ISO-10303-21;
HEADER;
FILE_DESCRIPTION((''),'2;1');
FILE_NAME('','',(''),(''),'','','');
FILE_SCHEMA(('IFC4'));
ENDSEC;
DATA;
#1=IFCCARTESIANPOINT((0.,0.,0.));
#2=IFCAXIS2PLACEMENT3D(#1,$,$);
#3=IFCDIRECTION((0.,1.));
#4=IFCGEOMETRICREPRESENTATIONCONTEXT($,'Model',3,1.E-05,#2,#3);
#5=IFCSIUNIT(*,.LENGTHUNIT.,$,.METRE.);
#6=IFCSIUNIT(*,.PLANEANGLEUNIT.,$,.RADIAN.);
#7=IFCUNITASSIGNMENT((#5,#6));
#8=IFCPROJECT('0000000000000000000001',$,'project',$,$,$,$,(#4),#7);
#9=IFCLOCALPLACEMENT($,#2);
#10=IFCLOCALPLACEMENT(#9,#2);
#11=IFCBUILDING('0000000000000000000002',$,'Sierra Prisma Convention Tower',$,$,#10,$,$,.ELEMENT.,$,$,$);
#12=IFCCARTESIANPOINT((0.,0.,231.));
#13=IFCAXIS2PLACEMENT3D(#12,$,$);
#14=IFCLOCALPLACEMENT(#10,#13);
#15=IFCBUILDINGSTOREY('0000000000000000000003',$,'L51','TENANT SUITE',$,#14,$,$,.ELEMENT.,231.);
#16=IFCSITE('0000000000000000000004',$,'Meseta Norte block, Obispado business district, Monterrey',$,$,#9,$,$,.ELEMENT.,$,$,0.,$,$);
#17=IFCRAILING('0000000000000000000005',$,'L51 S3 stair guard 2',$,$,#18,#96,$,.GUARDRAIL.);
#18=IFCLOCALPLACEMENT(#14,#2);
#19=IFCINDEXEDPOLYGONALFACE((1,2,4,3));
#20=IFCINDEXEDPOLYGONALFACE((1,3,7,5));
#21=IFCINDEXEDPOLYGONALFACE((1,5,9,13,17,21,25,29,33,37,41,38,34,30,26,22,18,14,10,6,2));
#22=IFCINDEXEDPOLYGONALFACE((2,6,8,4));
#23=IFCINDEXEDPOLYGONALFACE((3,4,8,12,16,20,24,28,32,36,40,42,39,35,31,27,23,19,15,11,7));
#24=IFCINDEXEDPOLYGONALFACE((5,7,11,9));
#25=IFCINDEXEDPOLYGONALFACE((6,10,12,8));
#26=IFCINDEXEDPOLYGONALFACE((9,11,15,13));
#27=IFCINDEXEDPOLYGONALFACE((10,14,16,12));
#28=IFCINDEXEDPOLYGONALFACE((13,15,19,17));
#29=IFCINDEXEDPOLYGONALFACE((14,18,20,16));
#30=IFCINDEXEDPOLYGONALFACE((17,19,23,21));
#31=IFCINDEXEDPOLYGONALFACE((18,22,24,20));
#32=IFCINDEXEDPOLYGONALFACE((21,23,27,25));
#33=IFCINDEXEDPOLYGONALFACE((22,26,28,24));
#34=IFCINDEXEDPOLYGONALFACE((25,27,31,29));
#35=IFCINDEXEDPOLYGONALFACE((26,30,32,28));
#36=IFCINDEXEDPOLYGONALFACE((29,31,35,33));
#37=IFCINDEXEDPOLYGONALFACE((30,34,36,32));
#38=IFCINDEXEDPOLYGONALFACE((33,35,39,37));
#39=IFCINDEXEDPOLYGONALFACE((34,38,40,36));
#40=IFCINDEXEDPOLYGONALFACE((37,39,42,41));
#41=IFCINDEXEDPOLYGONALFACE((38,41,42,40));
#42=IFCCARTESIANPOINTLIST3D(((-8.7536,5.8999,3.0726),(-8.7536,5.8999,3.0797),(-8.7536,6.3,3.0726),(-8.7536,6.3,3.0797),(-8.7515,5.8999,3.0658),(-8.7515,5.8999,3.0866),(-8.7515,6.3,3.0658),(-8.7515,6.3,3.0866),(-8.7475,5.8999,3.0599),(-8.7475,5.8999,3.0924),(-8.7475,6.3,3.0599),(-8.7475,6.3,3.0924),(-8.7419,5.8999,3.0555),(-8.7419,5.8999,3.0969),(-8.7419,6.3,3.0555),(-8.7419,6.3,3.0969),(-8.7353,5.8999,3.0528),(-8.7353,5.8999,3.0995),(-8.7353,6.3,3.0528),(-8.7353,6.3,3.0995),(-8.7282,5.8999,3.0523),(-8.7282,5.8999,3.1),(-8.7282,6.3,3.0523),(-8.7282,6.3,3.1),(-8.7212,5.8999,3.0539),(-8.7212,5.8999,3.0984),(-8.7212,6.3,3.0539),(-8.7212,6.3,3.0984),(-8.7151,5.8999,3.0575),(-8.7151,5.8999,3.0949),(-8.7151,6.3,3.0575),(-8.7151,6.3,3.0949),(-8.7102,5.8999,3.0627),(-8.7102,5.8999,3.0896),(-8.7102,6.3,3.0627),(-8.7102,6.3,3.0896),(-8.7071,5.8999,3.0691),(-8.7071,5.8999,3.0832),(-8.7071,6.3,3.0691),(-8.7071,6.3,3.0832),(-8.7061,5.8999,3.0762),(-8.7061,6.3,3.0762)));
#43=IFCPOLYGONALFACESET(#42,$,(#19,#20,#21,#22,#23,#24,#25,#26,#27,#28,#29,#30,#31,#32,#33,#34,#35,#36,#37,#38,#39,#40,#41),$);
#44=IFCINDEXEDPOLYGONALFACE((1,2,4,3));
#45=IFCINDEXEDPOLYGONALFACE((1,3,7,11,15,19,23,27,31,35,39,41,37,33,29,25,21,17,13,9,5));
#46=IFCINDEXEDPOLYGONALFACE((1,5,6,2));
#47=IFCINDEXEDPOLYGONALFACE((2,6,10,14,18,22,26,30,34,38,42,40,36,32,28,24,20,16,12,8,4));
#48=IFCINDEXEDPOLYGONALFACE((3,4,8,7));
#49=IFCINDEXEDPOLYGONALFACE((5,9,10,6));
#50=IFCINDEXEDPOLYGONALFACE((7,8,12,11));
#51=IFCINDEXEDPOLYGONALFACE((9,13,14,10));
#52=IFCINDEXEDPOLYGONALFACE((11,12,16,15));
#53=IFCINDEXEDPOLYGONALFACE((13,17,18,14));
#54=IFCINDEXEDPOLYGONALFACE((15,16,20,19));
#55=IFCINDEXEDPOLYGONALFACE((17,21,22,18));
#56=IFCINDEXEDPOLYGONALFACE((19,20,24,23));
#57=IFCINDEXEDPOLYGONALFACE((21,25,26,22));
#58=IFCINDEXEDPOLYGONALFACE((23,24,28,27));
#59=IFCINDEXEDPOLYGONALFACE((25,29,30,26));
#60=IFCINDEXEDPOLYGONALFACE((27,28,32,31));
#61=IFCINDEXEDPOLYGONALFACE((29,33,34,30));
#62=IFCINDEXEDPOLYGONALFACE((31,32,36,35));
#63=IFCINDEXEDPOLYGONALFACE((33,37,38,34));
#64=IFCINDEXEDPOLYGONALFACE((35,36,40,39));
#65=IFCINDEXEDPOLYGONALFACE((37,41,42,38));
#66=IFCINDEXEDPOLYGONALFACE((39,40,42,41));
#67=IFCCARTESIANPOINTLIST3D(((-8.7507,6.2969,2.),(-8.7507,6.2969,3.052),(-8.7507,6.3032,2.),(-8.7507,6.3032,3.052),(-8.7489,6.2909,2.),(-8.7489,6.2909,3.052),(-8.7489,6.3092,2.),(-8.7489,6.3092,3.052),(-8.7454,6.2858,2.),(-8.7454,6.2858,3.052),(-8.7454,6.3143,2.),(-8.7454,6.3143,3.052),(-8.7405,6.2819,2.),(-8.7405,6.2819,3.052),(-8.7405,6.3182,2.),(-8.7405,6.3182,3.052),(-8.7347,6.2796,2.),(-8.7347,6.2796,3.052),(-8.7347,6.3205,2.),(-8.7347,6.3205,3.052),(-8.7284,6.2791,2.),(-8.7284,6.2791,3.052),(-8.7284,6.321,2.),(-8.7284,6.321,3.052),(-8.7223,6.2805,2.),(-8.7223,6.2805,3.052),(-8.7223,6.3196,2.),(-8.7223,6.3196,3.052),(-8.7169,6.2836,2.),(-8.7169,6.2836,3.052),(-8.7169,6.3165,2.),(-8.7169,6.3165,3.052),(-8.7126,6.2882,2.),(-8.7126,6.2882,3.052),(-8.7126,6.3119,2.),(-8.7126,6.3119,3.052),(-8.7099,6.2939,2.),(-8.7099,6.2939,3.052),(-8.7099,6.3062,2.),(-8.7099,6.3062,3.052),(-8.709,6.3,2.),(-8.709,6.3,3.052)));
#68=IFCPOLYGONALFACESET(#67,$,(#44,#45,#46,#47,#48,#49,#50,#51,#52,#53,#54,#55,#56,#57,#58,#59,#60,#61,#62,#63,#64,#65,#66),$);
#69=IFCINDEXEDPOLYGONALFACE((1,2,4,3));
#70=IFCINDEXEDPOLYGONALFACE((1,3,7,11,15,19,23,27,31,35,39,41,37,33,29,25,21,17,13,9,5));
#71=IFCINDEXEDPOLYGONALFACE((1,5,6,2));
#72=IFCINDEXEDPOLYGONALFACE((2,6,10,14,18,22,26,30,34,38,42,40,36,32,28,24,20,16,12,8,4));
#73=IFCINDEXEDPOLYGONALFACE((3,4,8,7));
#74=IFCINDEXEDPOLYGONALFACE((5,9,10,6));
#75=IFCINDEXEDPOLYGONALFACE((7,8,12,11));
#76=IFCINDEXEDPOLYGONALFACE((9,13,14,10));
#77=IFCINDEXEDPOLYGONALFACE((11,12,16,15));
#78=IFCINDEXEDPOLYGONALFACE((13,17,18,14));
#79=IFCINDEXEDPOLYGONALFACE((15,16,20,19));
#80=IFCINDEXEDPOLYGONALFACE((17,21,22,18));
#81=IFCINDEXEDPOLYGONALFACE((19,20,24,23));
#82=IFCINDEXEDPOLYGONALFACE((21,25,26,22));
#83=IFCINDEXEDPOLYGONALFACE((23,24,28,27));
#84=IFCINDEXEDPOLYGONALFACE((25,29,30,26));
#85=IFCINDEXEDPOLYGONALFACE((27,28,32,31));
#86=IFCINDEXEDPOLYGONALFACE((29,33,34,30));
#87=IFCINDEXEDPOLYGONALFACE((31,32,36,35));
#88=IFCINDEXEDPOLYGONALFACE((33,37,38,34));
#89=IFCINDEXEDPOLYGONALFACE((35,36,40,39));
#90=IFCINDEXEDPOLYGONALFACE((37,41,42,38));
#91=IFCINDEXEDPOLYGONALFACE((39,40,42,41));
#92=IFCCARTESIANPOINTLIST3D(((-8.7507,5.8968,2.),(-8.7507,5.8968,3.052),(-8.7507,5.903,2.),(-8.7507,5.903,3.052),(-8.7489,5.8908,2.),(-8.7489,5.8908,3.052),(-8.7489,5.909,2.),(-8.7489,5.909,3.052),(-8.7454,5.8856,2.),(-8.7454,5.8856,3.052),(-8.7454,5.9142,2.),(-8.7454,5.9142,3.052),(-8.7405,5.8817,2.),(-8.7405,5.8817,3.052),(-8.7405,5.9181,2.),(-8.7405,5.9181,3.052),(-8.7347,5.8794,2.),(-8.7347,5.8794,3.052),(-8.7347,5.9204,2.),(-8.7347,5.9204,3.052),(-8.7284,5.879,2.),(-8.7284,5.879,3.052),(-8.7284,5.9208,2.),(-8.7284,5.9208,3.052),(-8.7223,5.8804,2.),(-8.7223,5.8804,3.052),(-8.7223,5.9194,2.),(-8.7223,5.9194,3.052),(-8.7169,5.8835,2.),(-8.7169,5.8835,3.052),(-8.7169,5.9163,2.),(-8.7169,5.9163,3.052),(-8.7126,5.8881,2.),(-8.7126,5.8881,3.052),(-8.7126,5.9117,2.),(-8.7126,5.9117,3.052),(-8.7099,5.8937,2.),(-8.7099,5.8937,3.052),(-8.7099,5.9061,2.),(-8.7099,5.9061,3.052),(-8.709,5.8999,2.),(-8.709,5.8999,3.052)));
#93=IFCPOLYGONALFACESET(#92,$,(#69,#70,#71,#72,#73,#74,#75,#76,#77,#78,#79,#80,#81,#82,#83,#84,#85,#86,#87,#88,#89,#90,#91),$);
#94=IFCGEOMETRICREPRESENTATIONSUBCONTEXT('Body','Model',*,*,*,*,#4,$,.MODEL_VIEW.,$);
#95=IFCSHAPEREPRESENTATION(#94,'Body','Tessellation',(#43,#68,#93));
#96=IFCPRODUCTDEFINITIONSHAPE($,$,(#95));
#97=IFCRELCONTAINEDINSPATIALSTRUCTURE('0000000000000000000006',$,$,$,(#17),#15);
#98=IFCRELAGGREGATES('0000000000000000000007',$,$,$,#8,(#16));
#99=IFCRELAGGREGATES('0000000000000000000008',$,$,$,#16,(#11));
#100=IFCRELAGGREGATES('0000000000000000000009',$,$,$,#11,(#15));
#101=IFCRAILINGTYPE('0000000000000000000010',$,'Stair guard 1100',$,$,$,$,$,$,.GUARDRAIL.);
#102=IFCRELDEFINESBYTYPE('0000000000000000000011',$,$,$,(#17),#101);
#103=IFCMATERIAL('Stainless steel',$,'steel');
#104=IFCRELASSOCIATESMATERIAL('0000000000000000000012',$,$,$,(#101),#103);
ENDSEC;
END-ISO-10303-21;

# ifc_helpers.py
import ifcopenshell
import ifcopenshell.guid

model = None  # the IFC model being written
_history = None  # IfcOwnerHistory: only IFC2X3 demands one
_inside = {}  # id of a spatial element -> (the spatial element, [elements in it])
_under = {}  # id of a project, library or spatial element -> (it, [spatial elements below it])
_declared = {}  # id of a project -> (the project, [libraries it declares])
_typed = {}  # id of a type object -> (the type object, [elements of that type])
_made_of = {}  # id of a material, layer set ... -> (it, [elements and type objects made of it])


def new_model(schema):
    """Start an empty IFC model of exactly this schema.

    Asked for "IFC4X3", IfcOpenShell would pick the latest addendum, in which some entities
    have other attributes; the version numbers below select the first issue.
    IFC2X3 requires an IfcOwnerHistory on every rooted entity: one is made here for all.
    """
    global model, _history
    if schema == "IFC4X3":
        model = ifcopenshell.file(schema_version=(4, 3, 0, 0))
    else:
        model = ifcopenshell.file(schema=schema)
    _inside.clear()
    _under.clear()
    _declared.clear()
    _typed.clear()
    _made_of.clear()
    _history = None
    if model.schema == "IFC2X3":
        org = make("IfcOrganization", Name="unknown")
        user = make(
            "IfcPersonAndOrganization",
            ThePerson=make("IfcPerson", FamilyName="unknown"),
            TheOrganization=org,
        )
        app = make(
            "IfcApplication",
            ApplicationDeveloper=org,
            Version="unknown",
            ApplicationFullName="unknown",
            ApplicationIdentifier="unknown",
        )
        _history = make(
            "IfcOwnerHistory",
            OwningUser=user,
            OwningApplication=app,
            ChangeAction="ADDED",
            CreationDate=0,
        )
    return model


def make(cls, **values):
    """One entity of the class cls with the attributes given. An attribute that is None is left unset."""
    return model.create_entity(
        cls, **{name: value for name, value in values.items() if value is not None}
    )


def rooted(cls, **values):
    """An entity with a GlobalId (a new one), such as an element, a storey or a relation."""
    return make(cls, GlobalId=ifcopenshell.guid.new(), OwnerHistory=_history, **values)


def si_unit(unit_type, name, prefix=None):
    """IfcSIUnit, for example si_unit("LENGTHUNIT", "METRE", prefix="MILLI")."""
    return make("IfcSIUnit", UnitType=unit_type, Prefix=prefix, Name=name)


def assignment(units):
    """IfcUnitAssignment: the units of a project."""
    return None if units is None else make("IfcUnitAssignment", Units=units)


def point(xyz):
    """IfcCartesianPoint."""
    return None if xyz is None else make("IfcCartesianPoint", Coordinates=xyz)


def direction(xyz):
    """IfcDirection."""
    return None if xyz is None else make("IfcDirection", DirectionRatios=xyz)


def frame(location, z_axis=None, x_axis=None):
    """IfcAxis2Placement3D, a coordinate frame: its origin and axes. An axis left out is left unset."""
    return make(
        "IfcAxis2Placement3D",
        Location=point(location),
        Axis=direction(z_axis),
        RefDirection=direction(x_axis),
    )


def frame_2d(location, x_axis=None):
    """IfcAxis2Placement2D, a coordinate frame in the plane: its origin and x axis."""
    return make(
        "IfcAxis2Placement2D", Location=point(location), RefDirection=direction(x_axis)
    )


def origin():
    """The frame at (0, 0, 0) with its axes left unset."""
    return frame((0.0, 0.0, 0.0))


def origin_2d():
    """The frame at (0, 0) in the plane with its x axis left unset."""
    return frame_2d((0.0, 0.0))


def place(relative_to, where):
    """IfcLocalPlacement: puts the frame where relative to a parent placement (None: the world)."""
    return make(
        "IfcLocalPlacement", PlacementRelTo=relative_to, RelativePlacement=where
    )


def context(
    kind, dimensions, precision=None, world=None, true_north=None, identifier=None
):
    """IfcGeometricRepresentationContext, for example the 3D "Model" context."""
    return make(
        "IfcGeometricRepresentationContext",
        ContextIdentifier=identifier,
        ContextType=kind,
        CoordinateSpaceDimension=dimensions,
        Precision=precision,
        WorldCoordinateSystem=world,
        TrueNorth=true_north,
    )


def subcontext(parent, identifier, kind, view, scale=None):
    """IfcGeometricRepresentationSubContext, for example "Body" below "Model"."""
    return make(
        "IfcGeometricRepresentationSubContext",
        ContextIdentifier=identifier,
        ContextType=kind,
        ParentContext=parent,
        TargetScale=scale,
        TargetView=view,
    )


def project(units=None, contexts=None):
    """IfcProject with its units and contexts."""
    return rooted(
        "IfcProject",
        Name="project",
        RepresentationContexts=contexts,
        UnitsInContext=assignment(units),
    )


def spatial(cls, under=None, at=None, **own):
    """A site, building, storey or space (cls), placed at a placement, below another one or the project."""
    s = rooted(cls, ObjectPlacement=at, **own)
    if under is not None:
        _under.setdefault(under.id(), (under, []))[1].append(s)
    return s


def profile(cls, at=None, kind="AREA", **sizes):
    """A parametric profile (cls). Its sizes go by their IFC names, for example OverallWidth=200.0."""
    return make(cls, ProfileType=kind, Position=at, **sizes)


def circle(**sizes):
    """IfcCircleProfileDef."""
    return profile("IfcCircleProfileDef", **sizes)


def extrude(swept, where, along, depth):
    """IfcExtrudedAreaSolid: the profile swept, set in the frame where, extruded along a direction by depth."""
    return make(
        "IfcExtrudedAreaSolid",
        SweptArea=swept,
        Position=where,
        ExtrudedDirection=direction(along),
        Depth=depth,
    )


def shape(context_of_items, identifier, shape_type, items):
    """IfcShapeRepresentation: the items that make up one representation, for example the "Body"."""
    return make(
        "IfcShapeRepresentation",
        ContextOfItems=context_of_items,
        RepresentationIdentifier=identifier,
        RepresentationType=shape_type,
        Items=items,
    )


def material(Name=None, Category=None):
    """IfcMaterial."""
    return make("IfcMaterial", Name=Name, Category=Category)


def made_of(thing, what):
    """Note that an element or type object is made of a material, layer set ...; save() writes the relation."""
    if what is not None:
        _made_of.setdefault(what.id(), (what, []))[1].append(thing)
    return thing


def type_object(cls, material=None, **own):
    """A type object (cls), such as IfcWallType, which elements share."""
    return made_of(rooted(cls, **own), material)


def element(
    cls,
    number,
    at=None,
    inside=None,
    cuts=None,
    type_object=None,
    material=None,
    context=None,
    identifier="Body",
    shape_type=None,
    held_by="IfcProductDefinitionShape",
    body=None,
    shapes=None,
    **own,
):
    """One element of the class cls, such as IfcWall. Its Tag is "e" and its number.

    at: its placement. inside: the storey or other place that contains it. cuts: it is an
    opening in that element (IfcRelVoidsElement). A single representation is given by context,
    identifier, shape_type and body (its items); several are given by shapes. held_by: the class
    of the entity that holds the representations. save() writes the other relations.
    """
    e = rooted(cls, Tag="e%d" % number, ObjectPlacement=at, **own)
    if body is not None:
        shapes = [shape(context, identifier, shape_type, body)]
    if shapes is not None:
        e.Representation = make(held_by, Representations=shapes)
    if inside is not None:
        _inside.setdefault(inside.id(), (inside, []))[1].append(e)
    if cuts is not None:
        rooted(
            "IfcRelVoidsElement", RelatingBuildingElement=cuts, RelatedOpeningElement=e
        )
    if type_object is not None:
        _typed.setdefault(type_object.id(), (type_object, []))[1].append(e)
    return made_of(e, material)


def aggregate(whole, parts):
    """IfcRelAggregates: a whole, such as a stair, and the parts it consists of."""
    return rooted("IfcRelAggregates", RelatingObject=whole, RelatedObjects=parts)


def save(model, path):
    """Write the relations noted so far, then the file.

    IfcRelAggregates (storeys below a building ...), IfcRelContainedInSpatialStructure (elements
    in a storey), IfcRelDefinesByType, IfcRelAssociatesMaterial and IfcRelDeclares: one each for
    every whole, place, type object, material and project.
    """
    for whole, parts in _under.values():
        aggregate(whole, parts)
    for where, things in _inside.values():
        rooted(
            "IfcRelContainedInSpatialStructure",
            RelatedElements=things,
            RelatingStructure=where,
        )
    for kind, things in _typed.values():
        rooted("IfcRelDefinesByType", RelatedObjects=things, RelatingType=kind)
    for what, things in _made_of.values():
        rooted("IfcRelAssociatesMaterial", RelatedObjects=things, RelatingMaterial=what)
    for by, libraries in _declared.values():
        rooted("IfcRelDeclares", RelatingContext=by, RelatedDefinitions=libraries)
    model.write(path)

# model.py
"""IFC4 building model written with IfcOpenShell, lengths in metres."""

from ifc_helpers import new_model, si_unit, direction, frame, origin, origin_2d, place, context, subcontext, project, spatial, circle, extrude, material, type_object, element, save


model = new_model("IFC4")

# Units and contexts
model_context = context("Model", 3, precision=1e-05, world=origin(), true_north=direction((0.0, 1.0)))
body_context = subcontext(model_context, "Body", "Model", "MODEL_VIEW")
ifc_project = project(units=[si_unit("LENGTHUNIT", "METRE"), si_unit("PLANEANGLEUNIT", "RADIAN")], contexts=[model_context])

# Site, building, storey
site_placement = place(None, origin())
site = spatial("IfcSite", under=ifc_project, at=site_placement, Name="Meseta Norte block, Obispado business district, Monterrey", CompositionType="ELEMENT", RefElevation=0.0)
building_placement = place(site_placement, origin())
building = spatial("IfcBuilding", under=site, at=building_placement, Name="Sierra Prisma Convention Tower", CompositionType="ELEMENT")
storey_placement = place(building_placement, frame((0.0, 0.0, 231.0)))
storey = spatial("IfcBuildingStorey", under=building, at=storey_placement, Name="L51", Description="TENANT SUITE", CompositionType="ELEMENT", Elevation=231.0)

# Railing
ifc_material_1 = material(Name="Stainless steel", Category="steel")
railing_type_1 = type_object("IfcRailingType", Name="Stair guard 1100", PredefinedType="GUARDRAIL", material=ifc_material_1)
railing_1_placement = place(storey_placement, frame((-8.73, 6.3, 2.0)))
element("IfcRailing", 1, at=railing_1_placement, inside=storey, type_object=railing_type_1, Name="L51 S3 stair guard 2", PredefinedType="GUARDRAIL", context=body_context, shape_type="SweptSolid", body=[
    extrude(circle(Radius=0.0239, at=origin_2d()), frame((0.0, 0.0, 1.0762), z_axis=(0.0, -1.0, 0.0), x_axis=(1.0, 0.0, 0.0)), (0.0, 0.0, 1.0), 0.4001),
    extrude(circle(Radius=0.021, at=origin_2d()), origin(), (0.0, 0.0, 1.0), 1.052),
    extrude(circle(Radius=0.021, at=origin_2d()), frame((0.0, -0.4001, 0.0)), (0.0, 0.0, 1.0), 1.052),
])

save(model, "model.ifc")
